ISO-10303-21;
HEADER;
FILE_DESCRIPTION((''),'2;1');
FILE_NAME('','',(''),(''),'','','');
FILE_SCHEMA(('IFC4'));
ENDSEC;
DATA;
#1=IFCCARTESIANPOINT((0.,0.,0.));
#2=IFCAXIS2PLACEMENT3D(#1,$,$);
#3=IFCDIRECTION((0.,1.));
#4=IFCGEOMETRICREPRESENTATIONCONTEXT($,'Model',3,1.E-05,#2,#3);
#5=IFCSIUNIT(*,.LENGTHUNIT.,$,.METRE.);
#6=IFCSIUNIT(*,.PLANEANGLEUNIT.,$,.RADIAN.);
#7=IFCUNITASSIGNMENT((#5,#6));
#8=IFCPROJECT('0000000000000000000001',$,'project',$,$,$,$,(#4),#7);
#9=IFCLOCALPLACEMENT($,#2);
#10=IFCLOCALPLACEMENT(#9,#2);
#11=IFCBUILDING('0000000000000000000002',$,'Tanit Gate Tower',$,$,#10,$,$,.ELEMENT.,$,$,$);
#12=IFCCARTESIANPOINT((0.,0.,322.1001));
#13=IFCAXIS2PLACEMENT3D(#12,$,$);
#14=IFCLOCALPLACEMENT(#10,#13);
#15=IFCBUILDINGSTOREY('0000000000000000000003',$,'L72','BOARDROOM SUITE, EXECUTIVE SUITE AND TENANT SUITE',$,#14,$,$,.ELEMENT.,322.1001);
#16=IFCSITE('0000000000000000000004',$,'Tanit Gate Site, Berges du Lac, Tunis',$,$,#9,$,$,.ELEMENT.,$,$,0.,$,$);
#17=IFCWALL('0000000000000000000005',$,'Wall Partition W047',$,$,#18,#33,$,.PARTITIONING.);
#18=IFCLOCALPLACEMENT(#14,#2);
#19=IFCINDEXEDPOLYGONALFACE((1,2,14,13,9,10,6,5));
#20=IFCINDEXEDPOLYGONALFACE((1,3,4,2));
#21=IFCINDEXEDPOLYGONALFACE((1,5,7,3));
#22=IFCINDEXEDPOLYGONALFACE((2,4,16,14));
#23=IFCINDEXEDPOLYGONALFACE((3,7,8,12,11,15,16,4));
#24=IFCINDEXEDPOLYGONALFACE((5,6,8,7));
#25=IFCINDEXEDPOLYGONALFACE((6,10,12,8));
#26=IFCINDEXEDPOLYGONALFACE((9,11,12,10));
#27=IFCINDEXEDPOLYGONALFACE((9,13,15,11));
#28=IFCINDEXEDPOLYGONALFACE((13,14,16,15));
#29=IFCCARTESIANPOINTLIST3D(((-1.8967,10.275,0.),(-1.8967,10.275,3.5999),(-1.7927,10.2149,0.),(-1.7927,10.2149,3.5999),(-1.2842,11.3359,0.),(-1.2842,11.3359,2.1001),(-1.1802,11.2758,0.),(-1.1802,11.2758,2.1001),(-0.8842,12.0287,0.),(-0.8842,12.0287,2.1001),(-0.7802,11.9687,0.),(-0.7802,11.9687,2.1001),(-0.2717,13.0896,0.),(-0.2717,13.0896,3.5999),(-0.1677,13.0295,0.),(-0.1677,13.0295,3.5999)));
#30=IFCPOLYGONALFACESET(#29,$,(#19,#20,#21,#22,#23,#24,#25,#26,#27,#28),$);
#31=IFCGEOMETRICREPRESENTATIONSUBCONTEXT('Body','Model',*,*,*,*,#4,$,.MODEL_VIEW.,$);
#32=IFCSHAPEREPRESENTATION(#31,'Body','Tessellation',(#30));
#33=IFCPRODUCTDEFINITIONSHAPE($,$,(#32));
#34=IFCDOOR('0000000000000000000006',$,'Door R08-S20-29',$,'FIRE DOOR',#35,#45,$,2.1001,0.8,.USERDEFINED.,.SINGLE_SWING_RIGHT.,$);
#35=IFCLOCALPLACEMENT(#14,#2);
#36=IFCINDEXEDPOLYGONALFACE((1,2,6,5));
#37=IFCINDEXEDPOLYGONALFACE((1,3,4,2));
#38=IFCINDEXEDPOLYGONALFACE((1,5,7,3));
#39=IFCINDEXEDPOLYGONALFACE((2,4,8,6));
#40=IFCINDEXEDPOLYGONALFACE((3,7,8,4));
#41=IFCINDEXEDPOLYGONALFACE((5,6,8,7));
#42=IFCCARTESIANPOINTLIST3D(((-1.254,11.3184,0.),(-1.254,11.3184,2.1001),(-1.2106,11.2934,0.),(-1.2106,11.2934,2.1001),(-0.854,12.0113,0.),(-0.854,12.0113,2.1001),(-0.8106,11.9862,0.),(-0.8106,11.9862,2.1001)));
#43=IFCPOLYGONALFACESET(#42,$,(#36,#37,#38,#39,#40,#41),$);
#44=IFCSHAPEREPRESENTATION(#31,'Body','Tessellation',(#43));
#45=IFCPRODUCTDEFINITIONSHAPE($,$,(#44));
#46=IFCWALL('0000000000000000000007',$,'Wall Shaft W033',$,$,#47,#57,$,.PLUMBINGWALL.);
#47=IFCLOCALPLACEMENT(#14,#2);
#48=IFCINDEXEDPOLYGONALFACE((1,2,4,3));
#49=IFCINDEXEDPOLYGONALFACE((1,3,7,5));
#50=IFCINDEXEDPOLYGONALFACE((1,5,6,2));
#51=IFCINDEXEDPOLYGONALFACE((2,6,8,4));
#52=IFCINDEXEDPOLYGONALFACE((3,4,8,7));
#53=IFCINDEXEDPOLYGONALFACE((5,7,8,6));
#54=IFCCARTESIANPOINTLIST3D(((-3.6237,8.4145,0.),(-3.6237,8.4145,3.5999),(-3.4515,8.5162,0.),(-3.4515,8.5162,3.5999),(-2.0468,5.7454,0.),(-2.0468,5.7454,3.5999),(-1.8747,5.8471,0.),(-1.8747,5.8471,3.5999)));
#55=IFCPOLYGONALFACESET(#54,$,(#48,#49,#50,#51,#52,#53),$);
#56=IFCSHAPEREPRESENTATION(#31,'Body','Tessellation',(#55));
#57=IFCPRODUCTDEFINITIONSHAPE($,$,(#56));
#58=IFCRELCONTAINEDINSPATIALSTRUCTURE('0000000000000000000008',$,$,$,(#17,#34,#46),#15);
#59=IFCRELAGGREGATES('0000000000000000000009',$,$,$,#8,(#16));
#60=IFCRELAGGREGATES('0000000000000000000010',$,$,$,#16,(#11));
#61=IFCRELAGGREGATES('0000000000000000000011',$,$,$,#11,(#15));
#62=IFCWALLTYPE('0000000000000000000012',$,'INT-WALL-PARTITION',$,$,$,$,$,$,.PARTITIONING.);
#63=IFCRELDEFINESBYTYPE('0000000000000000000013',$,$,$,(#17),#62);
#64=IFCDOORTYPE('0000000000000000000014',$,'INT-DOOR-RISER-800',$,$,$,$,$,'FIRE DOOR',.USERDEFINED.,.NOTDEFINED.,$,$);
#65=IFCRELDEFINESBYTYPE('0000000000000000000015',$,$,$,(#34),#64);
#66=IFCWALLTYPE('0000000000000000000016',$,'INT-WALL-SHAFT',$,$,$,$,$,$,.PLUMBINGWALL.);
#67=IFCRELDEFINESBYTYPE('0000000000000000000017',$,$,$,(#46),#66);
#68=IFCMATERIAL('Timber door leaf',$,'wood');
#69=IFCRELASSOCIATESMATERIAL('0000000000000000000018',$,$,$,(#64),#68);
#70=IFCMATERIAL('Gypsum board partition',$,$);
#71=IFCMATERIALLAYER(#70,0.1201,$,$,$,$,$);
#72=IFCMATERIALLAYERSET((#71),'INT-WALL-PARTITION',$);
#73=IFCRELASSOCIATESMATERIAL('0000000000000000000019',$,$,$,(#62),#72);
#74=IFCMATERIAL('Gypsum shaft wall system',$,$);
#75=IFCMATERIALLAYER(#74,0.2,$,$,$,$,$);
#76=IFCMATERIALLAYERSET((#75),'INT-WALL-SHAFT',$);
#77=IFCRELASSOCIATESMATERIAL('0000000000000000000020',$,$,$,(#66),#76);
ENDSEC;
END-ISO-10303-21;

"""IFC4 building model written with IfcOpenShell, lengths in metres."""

from ifc_helpers import new_model, si_unit, direction, frame, frame_2d, origin, place, context, subcontext, project, spatial, rectangle, extrude, material, layer, layer_set, type_object, element, fill, save


model = new_model("IFC4")

# Units and contexts
model_context = context("Model", 3, precision=1e-05, world=origin(), true_north=direction((0.0, 1.0)))
body_context = subcontext(model_context, "Body", "Model", "MODEL_VIEW")
ifc_project = project(units=[si_unit("LENGTHUNIT", "METRE"), si_unit("PLANEANGLEUNIT", "RADIAN")], contexts=[model_context])

# Site, building, storey
site_placement = place(None, origin())
site = spatial("IfcSite", under=ifc_project, at=site_placement, Name="Tanit Gate Site, Berges du Lac, Tunis", CompositionType="ELEMENT", RefElevation=0.0)
building_placement = place(site_placement, origin())
building = spatial("IfcBuilding", under=site, at=building_placement, Name="Tanit Gate Tower", CompositionType="ELEMENT")
storey_placement = place(building_placement, frame((0.0, 0.0, 322.1001)))
storey = spatial("IfcBuildingStorey", under=building, at=storey_placement, Name="L72", Description="BOARDROOM SUITE, EXECUTIVE SUITE AND TENANT SUITE", CompositionType="ELEMENT", Elevation=322.1001)

# Shared definitions
ifc_material_1 = material(Name="Timber door leaf", Category="wood")
door_type = type_object("IfcDoorType", Name="INT-DOOR-RISER-800", ElementType="FIRE DOOR", OperationType="NOTDEFINED", PredefinedType="USERDEFINED", material=ifc_material_1)

# Wall, opening, door
ifc_material_2 = material(Name="Gypsum board partition")
ifc_layer_1 = layer(ifc_material_2, 0.1201)
ifc_layer_set_1 = layer_set([ifc_layer_1], Name="INT-WALL-PARTITION")
wall_type_1 = type_object("IfcWallType", Name="INT-WALL-PARTITION", PredefinedType="PARTITIONING", material=ifc_layer_set_1)
wall_1_placement = place(storey_placement, frame((-0.2197, 13.0596, 0.0), z_axis=(0.0, 0.0, 1.0), x_axis=(-0.499985, -0.866034, 0.0)))
wall_1 = element("IfcWall", 1, at=wall_1_placement, inside=storey, type_object=wall_type_1, Name="Wall Partition W047", PredefinedType="PARTITIONING", context=body_context, shape_type="SweptSolid", body=[
    extrude(rectangle(XDim=3.25, YDim=0.1201, at=frame_2d((1.625, 0.0))), origin(), (0.0, 0.0, 1.0), 3.5999),
])
opening_1_placement = place(wall_1_placement, frame((1.2251, 0.0, 0.0)))
opening_1 = element("IfcOpeningElement", 2, at=opening_1_placement, cuts=wall_1, PredefinedType="OPENING", context=body_context, shape_type="SweptSolid", body=[
    extrude(rectangle(XDim=0.8, YDim=2.1001, at=frame_2d((0.3999, 1.05))), frame((0.0, 0.0701, 0.0), z_axis=(0.0, -1.0, 0.0), x_axis=(1.0, 0.0, 0.0)), (0.0, 0.0, 1.0), 0.1401),
])
door_1_placement = place(opening_1_placement, origin())
door_1 = element("IfcDoor", 3, at=door_1_placement, inside=storey, type_object=door_type, Name="Door R08-S20-29", ObjectType="FIRE DOOR", OperationType="SINGLE_SWING_RIGHT", OverallHeight=2.1001, OverallWidth=0.8, PredefinedType="USERDEFINED", context=body_context, shape_type="SweptSolid", body=[
    extrude(rectangle(XDim=0.8, YDim=2.1001, at=frame_2d((0.3999, 1.05))), frame((0.0, 0.0249, 0.0), z_axis=(0.0, -1.0, 0.0), x_axis=(1.0, 0.0, 0.0)), (0.0, 0.0, 1.0), 0.05),
])
fill(opening_1, door_1)

# Wall
ifc_material_3 = material(Name="Gypsum shaft wall system")
ifc_layer_2 = layer(ifc_material_3, 0.2)
ifc_layer_set_2 = layer_set([ifc_layer_2], Name="INT-WALL-SHAFT")
wall_type_2 = type_object("IfcWallType", Name="INT-WALL-SHAFT", PredefinedType="PLUMBINGWALL", material=ifc_layer_set_2)
wall_2_placement = place(storey_placement, frame((-3.5376, 8.4653, 0.0), z_axis=(0.0, 0.0, 1.0), x_axis=(0.508647, -0.860975, 0.0)))
element("IfcWall", 4, at=wall_2_placement, inside=storey, type_object=wall_type_2, Name="Wall Shaft W033", PredefinedType="PLUMBINGWALL", context=body_context, shape_type="SweptSolid", body=[
    extrude(rectangle(XDim=3.1001, YDim=0.2, at=frame_2d((1.55, 0.0))), origin(), (0.0, 0.0, 1.0), 3.5999),
])

save(model, "model.ifc")
